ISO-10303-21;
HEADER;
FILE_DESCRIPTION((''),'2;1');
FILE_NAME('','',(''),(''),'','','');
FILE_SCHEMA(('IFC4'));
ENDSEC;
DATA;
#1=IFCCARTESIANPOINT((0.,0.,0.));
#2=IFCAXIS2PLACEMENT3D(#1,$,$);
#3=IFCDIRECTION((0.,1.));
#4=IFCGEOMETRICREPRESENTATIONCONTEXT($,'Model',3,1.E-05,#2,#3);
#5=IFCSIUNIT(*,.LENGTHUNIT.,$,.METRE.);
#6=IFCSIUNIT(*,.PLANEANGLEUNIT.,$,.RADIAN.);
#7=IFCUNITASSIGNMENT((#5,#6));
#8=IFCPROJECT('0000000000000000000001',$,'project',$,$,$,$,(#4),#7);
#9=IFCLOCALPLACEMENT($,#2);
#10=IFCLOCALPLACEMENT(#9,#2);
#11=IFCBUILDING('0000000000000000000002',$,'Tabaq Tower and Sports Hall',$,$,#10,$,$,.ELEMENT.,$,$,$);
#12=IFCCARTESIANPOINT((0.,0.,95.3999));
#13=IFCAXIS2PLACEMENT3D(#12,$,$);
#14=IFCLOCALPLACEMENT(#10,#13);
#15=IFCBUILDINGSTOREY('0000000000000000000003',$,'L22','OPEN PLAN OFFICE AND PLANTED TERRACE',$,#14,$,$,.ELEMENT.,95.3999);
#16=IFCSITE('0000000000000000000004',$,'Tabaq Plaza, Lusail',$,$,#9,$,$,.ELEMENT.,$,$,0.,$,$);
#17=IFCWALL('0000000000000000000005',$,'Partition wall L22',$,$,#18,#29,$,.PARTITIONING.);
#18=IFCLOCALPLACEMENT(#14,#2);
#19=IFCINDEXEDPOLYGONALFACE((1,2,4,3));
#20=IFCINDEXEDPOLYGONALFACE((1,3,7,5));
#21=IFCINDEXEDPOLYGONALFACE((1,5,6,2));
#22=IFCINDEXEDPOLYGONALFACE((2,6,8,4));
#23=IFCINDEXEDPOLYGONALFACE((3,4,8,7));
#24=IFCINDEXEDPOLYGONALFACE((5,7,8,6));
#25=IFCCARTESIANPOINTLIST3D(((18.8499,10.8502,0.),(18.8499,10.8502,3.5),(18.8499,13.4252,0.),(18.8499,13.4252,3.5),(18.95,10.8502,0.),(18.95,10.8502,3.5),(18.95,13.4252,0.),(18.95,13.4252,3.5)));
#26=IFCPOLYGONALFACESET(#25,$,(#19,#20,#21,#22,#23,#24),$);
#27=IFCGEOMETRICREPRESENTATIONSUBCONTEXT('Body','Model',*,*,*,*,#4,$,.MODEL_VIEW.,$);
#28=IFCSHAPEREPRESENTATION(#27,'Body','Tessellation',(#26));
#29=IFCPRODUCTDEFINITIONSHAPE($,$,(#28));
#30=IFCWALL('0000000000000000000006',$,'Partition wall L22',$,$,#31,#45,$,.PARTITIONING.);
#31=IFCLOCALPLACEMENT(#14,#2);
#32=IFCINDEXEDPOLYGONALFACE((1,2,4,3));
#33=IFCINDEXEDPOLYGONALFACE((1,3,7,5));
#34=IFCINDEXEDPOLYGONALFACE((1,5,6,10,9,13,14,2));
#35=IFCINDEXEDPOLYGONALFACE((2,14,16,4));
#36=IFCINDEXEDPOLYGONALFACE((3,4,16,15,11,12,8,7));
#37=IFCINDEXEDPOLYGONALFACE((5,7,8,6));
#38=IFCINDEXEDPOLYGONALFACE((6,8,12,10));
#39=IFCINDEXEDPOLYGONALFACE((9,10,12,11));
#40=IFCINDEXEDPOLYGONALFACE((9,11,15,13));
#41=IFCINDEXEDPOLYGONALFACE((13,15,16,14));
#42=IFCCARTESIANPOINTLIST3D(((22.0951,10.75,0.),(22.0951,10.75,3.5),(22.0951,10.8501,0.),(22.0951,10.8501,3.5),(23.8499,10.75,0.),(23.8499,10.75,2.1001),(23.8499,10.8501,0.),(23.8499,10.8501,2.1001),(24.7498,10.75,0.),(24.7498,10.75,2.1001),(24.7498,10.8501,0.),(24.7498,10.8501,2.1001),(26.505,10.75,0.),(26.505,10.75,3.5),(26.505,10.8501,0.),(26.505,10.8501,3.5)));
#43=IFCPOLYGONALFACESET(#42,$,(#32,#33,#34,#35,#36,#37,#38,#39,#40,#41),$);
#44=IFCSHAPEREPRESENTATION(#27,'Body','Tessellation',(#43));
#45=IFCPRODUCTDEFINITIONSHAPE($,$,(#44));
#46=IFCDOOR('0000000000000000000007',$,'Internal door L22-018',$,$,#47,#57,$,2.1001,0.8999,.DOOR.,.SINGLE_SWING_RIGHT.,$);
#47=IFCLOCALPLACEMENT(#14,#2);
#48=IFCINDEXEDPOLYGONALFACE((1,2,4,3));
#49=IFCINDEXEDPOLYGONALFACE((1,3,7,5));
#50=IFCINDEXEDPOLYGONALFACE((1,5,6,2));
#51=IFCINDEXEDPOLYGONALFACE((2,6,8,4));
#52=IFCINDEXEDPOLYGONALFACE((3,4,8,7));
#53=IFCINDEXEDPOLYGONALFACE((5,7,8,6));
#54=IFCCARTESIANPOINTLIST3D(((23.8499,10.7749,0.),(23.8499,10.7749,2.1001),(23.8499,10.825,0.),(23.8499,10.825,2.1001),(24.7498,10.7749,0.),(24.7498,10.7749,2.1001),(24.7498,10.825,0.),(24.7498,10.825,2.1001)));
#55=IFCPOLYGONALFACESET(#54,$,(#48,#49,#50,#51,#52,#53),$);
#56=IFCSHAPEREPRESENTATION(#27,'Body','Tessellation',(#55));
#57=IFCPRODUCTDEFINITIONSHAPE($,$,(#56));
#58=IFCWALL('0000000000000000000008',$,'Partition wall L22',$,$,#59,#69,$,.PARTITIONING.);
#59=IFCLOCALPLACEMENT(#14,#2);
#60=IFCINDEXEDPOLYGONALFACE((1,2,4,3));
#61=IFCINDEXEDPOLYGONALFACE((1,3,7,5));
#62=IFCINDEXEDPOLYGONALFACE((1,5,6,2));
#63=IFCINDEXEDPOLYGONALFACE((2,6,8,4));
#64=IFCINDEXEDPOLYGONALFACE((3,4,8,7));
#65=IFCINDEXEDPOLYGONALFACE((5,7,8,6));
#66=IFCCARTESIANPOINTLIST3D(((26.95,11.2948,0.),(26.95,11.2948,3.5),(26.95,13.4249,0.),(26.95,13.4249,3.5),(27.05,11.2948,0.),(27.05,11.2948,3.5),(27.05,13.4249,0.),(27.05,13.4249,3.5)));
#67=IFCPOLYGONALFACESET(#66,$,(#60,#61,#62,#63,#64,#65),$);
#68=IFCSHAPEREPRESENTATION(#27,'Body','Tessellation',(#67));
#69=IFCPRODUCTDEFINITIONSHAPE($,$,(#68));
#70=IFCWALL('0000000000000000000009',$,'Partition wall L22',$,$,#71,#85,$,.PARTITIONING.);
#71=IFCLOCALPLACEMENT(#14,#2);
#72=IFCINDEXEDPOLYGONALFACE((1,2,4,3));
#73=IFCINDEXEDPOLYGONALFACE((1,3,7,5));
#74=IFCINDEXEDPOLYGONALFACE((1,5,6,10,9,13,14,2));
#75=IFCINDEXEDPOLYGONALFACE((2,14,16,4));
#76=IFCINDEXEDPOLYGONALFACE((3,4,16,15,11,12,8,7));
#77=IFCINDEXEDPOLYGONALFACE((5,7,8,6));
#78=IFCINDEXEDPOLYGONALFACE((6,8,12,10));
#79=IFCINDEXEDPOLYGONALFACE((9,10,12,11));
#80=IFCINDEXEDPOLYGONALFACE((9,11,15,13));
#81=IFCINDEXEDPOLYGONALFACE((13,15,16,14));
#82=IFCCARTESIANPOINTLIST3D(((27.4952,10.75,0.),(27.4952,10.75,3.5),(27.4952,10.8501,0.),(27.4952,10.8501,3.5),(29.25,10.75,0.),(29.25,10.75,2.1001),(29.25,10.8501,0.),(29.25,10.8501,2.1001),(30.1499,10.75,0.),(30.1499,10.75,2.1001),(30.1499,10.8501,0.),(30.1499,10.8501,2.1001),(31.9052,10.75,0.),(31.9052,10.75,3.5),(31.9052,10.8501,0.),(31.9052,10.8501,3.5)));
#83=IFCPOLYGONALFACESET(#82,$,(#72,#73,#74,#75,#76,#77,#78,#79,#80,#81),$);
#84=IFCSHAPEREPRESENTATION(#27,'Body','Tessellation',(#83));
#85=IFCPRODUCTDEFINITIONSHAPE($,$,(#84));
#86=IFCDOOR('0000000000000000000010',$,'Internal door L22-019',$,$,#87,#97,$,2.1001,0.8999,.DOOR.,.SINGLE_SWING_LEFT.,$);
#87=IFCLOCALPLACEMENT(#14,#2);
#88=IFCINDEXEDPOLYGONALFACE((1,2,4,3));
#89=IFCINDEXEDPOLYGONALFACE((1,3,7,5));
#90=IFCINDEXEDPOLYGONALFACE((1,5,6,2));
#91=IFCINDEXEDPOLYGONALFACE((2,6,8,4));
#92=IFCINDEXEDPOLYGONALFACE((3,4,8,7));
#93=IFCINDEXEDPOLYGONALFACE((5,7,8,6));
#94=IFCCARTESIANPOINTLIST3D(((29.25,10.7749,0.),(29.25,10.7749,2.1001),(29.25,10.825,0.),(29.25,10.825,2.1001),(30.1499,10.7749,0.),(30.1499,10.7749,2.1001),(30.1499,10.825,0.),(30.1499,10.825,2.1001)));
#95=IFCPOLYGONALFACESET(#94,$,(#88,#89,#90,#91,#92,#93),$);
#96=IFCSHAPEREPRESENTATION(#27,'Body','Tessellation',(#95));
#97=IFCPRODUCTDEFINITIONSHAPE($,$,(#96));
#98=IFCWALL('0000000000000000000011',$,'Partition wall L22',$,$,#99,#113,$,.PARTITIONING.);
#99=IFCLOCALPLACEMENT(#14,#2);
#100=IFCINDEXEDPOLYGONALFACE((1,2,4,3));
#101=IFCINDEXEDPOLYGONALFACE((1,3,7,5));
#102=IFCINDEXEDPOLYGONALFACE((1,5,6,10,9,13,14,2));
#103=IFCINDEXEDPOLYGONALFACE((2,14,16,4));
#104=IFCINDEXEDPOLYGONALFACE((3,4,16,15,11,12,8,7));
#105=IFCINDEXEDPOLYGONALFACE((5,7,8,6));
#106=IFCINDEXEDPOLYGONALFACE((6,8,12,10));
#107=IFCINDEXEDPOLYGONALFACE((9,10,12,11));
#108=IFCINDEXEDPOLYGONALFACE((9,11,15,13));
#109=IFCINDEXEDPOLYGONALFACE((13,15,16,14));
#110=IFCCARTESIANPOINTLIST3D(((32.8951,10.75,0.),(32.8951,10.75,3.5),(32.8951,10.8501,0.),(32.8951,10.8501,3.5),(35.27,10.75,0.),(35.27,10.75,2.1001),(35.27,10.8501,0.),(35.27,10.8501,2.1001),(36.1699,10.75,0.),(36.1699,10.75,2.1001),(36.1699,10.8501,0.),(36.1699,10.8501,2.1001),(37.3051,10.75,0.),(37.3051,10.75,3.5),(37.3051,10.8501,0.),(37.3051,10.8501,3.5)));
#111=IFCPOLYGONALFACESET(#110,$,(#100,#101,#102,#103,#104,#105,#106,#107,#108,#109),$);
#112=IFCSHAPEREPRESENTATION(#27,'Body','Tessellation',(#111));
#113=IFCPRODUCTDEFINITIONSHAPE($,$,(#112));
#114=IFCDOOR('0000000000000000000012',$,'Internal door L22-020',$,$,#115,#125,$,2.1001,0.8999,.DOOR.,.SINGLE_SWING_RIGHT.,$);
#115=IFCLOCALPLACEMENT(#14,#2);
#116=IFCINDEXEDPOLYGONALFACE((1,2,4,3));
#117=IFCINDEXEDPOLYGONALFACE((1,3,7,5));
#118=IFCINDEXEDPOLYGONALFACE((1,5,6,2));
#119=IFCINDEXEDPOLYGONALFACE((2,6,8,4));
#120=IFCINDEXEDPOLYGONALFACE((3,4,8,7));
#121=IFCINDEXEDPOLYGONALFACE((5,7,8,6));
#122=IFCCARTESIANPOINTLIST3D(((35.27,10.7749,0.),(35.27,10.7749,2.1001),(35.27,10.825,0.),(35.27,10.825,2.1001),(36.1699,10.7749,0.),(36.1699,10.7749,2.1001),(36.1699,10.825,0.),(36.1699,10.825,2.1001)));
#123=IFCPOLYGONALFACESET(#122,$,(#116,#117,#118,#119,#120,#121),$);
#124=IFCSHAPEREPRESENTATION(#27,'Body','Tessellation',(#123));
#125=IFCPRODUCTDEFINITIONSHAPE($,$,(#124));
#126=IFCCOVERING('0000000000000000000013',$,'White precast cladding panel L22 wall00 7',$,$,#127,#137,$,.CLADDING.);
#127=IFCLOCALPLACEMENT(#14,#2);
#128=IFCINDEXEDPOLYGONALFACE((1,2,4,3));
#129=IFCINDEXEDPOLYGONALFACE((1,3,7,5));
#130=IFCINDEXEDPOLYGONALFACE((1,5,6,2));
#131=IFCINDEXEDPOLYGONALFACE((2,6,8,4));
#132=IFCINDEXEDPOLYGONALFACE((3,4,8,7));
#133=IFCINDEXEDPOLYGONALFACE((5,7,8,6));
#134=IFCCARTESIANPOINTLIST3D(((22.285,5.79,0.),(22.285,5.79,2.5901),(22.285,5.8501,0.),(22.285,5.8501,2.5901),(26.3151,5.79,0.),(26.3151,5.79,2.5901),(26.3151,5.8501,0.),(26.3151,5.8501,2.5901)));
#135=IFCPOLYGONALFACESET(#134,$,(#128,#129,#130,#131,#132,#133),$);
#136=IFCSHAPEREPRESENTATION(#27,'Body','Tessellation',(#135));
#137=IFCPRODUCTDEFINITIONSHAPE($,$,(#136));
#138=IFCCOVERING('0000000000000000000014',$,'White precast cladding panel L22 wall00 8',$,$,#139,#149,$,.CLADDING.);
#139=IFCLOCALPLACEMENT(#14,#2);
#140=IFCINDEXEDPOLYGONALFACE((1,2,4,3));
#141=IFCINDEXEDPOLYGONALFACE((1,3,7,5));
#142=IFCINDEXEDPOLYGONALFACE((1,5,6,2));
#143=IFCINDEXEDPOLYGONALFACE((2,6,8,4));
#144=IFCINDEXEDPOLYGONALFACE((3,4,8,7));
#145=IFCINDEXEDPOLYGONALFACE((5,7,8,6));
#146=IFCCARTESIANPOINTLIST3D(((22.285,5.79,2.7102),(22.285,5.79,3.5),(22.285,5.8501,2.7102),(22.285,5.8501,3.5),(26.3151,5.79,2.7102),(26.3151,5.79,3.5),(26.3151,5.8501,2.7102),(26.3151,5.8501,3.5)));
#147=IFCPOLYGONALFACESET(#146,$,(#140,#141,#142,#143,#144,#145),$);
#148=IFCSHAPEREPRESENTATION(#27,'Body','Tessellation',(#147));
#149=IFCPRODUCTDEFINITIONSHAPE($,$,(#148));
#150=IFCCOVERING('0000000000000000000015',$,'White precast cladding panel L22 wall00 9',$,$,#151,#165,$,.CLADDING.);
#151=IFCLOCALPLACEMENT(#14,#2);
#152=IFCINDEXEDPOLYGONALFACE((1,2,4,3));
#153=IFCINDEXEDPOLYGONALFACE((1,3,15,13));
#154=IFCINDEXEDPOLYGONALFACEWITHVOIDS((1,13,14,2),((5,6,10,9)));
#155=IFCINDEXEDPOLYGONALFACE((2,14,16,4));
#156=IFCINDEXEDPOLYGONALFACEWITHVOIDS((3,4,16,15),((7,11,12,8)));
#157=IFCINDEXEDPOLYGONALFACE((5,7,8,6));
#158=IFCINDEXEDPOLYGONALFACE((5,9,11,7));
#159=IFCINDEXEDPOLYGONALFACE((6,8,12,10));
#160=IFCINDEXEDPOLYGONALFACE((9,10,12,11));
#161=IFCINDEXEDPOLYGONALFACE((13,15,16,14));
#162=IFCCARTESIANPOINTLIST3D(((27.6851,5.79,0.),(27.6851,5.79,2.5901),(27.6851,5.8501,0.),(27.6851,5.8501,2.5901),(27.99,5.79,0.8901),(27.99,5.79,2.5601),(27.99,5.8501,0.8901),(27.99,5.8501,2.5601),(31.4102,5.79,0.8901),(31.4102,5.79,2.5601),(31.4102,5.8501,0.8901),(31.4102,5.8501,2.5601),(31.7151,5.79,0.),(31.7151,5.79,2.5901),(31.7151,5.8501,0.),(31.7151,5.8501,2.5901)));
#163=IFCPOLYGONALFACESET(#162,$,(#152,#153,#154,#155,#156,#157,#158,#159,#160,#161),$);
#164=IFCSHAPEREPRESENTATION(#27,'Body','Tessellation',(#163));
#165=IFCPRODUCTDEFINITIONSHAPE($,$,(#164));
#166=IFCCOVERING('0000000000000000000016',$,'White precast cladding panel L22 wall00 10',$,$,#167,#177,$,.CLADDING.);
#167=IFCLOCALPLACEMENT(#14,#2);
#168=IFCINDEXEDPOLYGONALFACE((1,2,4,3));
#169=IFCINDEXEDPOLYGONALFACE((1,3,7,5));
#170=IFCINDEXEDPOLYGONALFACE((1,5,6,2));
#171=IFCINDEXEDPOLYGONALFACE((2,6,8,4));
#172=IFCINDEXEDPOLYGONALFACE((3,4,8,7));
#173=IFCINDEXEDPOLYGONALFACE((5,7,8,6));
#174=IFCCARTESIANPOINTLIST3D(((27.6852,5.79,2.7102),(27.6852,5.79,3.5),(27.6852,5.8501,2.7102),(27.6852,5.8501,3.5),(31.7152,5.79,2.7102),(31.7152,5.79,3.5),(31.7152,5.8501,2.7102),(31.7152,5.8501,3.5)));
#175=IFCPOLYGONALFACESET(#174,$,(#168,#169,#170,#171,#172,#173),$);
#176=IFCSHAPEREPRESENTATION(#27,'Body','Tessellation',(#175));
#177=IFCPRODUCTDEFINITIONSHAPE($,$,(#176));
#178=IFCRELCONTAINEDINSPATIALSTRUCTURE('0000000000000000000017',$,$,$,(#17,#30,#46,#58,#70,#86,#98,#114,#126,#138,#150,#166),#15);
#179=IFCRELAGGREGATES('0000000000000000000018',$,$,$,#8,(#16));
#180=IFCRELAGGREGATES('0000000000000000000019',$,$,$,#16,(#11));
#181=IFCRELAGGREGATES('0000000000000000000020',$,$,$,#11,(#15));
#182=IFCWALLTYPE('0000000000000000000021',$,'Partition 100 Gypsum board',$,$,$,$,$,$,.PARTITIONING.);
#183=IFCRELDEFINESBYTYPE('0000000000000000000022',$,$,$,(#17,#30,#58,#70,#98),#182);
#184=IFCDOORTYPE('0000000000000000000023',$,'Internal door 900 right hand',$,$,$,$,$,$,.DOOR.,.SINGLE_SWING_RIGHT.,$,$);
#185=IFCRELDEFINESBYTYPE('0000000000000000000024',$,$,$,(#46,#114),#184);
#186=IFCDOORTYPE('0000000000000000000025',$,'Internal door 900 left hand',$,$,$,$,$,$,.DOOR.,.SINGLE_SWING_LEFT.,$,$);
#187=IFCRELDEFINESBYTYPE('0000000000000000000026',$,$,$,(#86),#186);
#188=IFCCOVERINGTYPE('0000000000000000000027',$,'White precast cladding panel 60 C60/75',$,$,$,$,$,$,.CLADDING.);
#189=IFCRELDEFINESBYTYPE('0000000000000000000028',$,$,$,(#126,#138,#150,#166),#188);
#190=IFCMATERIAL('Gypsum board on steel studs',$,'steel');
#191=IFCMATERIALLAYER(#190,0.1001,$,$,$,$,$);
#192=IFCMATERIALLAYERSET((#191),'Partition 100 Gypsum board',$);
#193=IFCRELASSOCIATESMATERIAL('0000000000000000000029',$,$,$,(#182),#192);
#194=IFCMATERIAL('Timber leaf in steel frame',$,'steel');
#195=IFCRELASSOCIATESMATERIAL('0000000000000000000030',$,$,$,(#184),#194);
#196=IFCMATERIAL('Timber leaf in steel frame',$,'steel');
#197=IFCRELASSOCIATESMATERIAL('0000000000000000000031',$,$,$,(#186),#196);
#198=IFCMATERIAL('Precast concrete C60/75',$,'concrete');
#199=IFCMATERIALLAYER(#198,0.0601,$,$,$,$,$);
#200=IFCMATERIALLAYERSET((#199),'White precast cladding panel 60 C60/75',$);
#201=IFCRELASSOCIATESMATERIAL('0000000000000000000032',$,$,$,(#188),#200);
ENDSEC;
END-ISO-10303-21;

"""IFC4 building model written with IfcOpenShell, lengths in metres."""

from ifc_helpers import new_model, si_unit, direction, frame, frame_2d, origin, place, context, subcontext, project, spatial, polyline, rectangle, outline, extrude, material, layer, layer_set, type_object, element, fill, save


model = new_model("IFC4")

# Units and contexts
model_context = context("Model", 3, precision=1e-05, world=origin(), true_north=direction((0.0, 1.0)))
body_context = subcontext(model_context, "Body", "Model", "MODEL_VIEW")
ifc_project = project(units=[si_unit("LENGTHUNIT", "METRE"), si_unit("PLANEANGLEUNIT", "RADIAN")], contexts=[model_context])

# Site, building, storey
site_placement = place(None, origin())
site = spatial("IfcSite", under=ifc_project, at=site_placement, Name="Tabaq Plaza, Lusail", CompositionType="ELEMENT", RefElevation=0.0)
building_placement = place(site_placement, origin())
building = spatial("IfcBuilding", under=site, at=building_placement, Name="Tabaq Tower and Sports Hall", CompositionType="ELEMENT")
storey_placement = place(building_placement, frame((0.0, 0.0, 95.3999)))
storey = spatial("IfcBuildingStorey", under=building, at=storey_placement, Name="L22", Description="OPEN PLAN OFFICE AND PLANTED TERRACE", CompositionType="ELEMENT", Elevation=95.3999)

# Wall
ifc_material_1 = material(Name="Gypsum board on steel studs", Category="steel")
ifc_layer_1 = layer(ifc_material_1, 0.1001)
ifc_layer_set_1 = layer_set([ifc_layer_1], Name="Partition 100 Gypsum board")
wall_type = type_object("IfcWallType", Name="Partition 100 Gypsum board", PredefinedType="PARTITIONING", material=ifc_layer_set_1)
wall_1_placement = place(storey_placement, frame((18.8999, 10.8501, 0.0), z_axis=(0.0, 0.0, 1.0), x_axis=(0.0, 1.0, 0.0)))
element("IfcWall", 1, at=wall_1_placement, inside=storey, type_object=wall_type, Name="Partition wall L22", PredefinedType="PARTITIONING", context=body_context, shape_type="SweptSolid", body=[
    extrude(rectangle(XDim=2.575, YDim=0.1001, at=frame_2d((1.2876, 0.0))), origin(), (0.0, 0.0, 1.0), 3.5),
])

# Wall, opening, door
wall_2_placement = place(storey_placement, frame((22.095, 10.8, 0.0), z_axis=(0.0, 0.0, 1.0), x_axis=(1.0, 0.0, 0.0)))
wall_2 = element("IfcWall", 2, at=wall_2_placement, inside=storey, type_object=wall_type, Name="Partition wall L22", PredefinedType="PARTITIONING", context=body_context, shape_type="SweptSolid", body=[
    extrude(rectangle(XDim=4.4099, YDim=0.1001, at=frame_2d((2.2051, 0.0))), origin(), (0.0, 0.0, 1.0), 3.5),
])
opening_1_placement = place(wall_2_placement, frame((1.7549, 0.0, 0.0)))
opening_1 = element("IfcOpeningElement", 3, at=opening_1_placement, cuts=wall_2, PredefinedType="OPENING", context=body_context, shape_type="SweptSolid", body=[
    extrude(rectangle(XDim=0.8999, YDim=2.1001, at=frame_2d((0.45, 1.05))), frame((0.0, 0.05, 0.0), z_axis=(0.0, -1.0, 0.0), x_axis=(1.0, 0.0, 0.0)), (0.0, 0.0, 1.0), 0.1001),
])
ifc_material_2 = material(Name="Timber leaf in steel frame", Category="steel")
door_type_1 = type_object("IfcDoorType", Name="Internal door 900 right hand", OperationType="SINGLE_SWING_RIGHT", PredefinedType="DOOR", material=ifc_material_2)
door_1_placement = place(opening_1_placement, origin())
door_1 = element("IfcDoor", 4, at=door_1_placement, inside=storey, type_object=door_type_1, Name="Internal door L22-018", OperationType="SINGLE_SWING_RIGHT", OverallHeight=2.1001, OverallWidth=0.8999, PredefinedType="DOOR", context=body_context, shape_type="SweptSolid", body=[
    extrude(rectangle(XDim=0.8999, YDim=2.1001, at=frame_2d((0.45, 1.05))), frame((0.0, 0.0249, 0.0), z_axis=(0.0, -1.0, 0.0), x_axis=(1.0, 0.0, 0.0)), (0.0, 0.0, 1.0), 0.05),
])
fill(opening_1, door_1)

# Wall
wall_3_placement = place(storey_placement, frame((27.0, 11.2949, 0.0), z_axis=(0.0, 0.0, 1.0), x_axis=(0.0, 1.0, 0.0)))
element("IfcWall", 5, at=wall_3_placement, inside=storey, type_object=wall_type, Name="Partition wall L22", PredefinedType="PARTITIONING", context=body_context, shape_type="SweptSolid", body=[
    extrude(rectangle(XDim=2.1301, YDim=0.1001, at=frame_2d((1.0649, 0.0))), origin(), (0.0, 0.0, 1.0), 3.5),
])

# Walls, openings, doors
wall_4_placement = place(storey_placement, frame((27.4951, 10.8, 0.0), z_axis=(0.0, 0.0, 1.0), x_axis=(1.0, 0.0, 0.0)))
wall_4 = element("IfcWall", 6, at=wall_4_placement, inside=storey, type_object=wall_type, Name="Partition wall L22", PredefinedType="PARTITIONING", context=body_context, shape_type="SweptSolid", body=[
    extrude(rectangle(XDim=4.4099, YDim=0.1001, at=frame_2d((2.2051, 0.0))), origin(), (0.0, 0.0, 1.0), 3.5),
])
opening_2_placement = place(wall_4_placement, frame((1.7549, 0.0, 0.0)))
opening_2 = element("IfcOpeningElement", 7, at=opening_2_placement, cuts=wall_4, PredefinedType="OPENING", context=body_context, shape_type="SweptSolid", body=[
    extrude(rectangle(XDim=0.8999, YDim=2.1001, at=frame_2d((0.45, 1.05))), frame((0.0, 0.05, 0.0), z_axis=(0.0, -1.0, 0.0), x_axis=(1.0, 0.0, 0.0)), (0.0, 0.0, 1.0), 0.1001),
])
ifc_material_3 = material(Name="Timber leaf in steel frame", Category="steel")
door_type_2 = type_object("IfcDoorType", Name="Internal door 900 left hand", OperationType="SINGLE_SWING_LEFT", PredefinedType="DOOR", material=ifc_material_3)
door_2_placement = place(opening_2_placement, origin())
door_2 = element("IfcDoor", 8, at=door_2_placement, inside=storey, type_object=door_type_2, Name="Internal door L22-019", OperationType="SINGLE_SWING_LEFT", OverallHeight=2.1001, OverallWidth=0.8999, PredefinedType="DOOR", context=body_context, shape_type="SweptSolid", body=[
    extrude(rectangle(XDim=0.8999, YDim=2.1001, at=frame_2d((0.45, 1.05))), frame((0.0, 0.0249, 0.0), z_axis=(0.0, -1.0, 0.0), x_axis=(1.0, 0.0, 0.0)), (0.0, 0.0, 1.0), 0.05),
])
fill(opening_2, door_2)
wall_5_placement = place(storey_placement, frame((32.895, 10.8, 0.0), z_axis=(0.0, 0.0, 1.0), x_axis=(1.0, 0.0, 0.0)))
wall_5 = element("IfcWall", 9, at=wall_5_placement, inside=storey, type_object=wall_type, Name="Partition wall L22", PredefinedType="PARTITIONING", context=body_context, shape_type="SweptSolid", body=[
    extrude(rectangle(XDim=4.4099, YDim=0.1001, at=frame_2d((2.2051, 0.0))), origin(), (0.0, 0.0, 1.0), 3.5),
])
opening_3_placement = place(wall_5_placement, frame((2.375, 0.0, 0.0)))
opening_3 = element("IfcOpeningElement", 10, at=opening_3_placement, cuts=wall_5, PredefinedType="OPENING", context=body_context, shape_type="SweptSolid", body=[
    extrude(rectangle(XDim=0.8999, YDim=2.1001, at=frame_2d((0.45, 1.05))), frame((0.0, 0.05, 0.0), z_axis=(0.0, -1.0, 0.0), x_axis=(1.0, 0.0, 0.0)), (0.0, 0.0, 1.0), 0.1001),
])
door_3_placement = place(opening_3_placement, origin())
door_3 = element("IfcDoor", 11, at=door_3_placement, inside=storey, type_object=door_type_1, Name="Internal door L22-020", OperationType="SINGLE_SWING_RIGHT", OverallHeight=2.1001, OverallWidth=0.8999, PredefinedType="DOOR", context=body_context, shape_type="SweptSolid", body=[
    extrude(rectangle(XDim=0.8999, YDim=2.1001, at=frame_2d((0.45, 1.05))), frame((0.0, 0.0249, 0.0), z_axis=(0.0, -1.0, 0.0), x_axis=(1.0, 0.0, 0.0)), (0.0, 0.0, 1.0), 0.05),
])
fill(opening_3, door_3)

# Coverings
ifc_material_4 = material(Name="Precast concrete C60/75", Category="concrete")
ifc_layer_2 = layer(ifc_material_4, 0.0601)
ifc_layer_set_2 = layer_set([ifc_layer_2], Name="White precast cladding panel 60 C60/75")
covering_type = type_object("IfcCoveringType", Name="White precast cladding panel 60 C60/75", PredefinedType="CLADDING", material=ifc_layer_set_2)
covering_1_placement = place(storey_placement, frame((22.2849, 5.8201, 0.0), z_axis=(0.0, 0.0, 1.0), x_axis=(1.0, 0.0, 0.0)))
element("IfcCovering", 12, at=covering_1_placement, inside=storey, type_object=covering_type, Name="White precast cladding panel L22 wall00 7", PredefinedType="CLADDING", context=body_context, shape_type="SweptSolid", body=[
    extrude(rectangle(XDim=4.03, YDim=0.0601, at=frame_2d((2.0151, 0.0))), origin(), (0.0, 0.0, 1.0), 2.5901),
])
covering_2_placement = place(storey_placement, frame((22.2849, 5.8201, 2.7102), z_axis=(0.0, 0.0, 1.0), x_axis=(1.0, 0.0, 0.0)))
element("IfcCovering", 13, at=covering_2_placement, inside=storey, type_object=covering_type, Name="White precast cladding panel L22 wall00 8", PredefinedType="CLADDING", context=body_context, shape_type="SweptSolid", body=[
    extrude(rectangle(XDim=4.03, YDim=0.0601, at=frame_2d((2.0151, 0.0))), origin(), (0.0, 0.0, 1.0), 0.7898),
])
covering_3_placement = place(storey_placement, frame((27.6851, 5.8201, 0.0), z_axis=(0.0, 0.0, 1.0), x_axis=(1.0, 0.0, 0.0)))
element("IfcCovering", 14, at=covering_3_placement, inside=storey, type_object=covering_type, Name="White precast cladding panel L22 wall00 9", PredefinedType="CLADDING", context=body_context, shape_type="SweptSolid", body=[
    extrude(outline(polyline([(0.0, 0.0), (4.03, 0.0), (4.03, 2.5901), (0.0, 2.5901), (0.0, 0.0)]), holes=[polyline([(3.7251, 0.8901), (0.3049, 0.8901), (0.3049, 2.5601), (3.7251, 2.5601), (3.7251, 0.8901)])]), frame((0.0, 0.03, 0.0), z_axis=(0.0, -1.0, 0.0), x_axis=(1.0, 0.0, 0.0)), (0.0, 0.0, 1.0), 0.0601),
])
covering_4_placement = place(storey_placement, frame((27.6851, 5.8201, 2.7102), z_axis=(0.0, 0.0, 1.0), x_axis=(1.0, 0.0, 0.0)))
element("IfcCovering", 15, at=covering_4_placement, inside=storey, type_object=covering_type, Name="White precast cladding panel L22 wall00 10", PredefinedType="CLADDING", context=body_context, shape_type="SweptSolid", body=[
    extrude(rectangle(XDim=4.03, YDim=0.0601, at=frame_2d((2.0151, 0.0))), origin(), (0.0, 0.0, 1.0), 0.7898),
])

save(model, "model.ifc")
